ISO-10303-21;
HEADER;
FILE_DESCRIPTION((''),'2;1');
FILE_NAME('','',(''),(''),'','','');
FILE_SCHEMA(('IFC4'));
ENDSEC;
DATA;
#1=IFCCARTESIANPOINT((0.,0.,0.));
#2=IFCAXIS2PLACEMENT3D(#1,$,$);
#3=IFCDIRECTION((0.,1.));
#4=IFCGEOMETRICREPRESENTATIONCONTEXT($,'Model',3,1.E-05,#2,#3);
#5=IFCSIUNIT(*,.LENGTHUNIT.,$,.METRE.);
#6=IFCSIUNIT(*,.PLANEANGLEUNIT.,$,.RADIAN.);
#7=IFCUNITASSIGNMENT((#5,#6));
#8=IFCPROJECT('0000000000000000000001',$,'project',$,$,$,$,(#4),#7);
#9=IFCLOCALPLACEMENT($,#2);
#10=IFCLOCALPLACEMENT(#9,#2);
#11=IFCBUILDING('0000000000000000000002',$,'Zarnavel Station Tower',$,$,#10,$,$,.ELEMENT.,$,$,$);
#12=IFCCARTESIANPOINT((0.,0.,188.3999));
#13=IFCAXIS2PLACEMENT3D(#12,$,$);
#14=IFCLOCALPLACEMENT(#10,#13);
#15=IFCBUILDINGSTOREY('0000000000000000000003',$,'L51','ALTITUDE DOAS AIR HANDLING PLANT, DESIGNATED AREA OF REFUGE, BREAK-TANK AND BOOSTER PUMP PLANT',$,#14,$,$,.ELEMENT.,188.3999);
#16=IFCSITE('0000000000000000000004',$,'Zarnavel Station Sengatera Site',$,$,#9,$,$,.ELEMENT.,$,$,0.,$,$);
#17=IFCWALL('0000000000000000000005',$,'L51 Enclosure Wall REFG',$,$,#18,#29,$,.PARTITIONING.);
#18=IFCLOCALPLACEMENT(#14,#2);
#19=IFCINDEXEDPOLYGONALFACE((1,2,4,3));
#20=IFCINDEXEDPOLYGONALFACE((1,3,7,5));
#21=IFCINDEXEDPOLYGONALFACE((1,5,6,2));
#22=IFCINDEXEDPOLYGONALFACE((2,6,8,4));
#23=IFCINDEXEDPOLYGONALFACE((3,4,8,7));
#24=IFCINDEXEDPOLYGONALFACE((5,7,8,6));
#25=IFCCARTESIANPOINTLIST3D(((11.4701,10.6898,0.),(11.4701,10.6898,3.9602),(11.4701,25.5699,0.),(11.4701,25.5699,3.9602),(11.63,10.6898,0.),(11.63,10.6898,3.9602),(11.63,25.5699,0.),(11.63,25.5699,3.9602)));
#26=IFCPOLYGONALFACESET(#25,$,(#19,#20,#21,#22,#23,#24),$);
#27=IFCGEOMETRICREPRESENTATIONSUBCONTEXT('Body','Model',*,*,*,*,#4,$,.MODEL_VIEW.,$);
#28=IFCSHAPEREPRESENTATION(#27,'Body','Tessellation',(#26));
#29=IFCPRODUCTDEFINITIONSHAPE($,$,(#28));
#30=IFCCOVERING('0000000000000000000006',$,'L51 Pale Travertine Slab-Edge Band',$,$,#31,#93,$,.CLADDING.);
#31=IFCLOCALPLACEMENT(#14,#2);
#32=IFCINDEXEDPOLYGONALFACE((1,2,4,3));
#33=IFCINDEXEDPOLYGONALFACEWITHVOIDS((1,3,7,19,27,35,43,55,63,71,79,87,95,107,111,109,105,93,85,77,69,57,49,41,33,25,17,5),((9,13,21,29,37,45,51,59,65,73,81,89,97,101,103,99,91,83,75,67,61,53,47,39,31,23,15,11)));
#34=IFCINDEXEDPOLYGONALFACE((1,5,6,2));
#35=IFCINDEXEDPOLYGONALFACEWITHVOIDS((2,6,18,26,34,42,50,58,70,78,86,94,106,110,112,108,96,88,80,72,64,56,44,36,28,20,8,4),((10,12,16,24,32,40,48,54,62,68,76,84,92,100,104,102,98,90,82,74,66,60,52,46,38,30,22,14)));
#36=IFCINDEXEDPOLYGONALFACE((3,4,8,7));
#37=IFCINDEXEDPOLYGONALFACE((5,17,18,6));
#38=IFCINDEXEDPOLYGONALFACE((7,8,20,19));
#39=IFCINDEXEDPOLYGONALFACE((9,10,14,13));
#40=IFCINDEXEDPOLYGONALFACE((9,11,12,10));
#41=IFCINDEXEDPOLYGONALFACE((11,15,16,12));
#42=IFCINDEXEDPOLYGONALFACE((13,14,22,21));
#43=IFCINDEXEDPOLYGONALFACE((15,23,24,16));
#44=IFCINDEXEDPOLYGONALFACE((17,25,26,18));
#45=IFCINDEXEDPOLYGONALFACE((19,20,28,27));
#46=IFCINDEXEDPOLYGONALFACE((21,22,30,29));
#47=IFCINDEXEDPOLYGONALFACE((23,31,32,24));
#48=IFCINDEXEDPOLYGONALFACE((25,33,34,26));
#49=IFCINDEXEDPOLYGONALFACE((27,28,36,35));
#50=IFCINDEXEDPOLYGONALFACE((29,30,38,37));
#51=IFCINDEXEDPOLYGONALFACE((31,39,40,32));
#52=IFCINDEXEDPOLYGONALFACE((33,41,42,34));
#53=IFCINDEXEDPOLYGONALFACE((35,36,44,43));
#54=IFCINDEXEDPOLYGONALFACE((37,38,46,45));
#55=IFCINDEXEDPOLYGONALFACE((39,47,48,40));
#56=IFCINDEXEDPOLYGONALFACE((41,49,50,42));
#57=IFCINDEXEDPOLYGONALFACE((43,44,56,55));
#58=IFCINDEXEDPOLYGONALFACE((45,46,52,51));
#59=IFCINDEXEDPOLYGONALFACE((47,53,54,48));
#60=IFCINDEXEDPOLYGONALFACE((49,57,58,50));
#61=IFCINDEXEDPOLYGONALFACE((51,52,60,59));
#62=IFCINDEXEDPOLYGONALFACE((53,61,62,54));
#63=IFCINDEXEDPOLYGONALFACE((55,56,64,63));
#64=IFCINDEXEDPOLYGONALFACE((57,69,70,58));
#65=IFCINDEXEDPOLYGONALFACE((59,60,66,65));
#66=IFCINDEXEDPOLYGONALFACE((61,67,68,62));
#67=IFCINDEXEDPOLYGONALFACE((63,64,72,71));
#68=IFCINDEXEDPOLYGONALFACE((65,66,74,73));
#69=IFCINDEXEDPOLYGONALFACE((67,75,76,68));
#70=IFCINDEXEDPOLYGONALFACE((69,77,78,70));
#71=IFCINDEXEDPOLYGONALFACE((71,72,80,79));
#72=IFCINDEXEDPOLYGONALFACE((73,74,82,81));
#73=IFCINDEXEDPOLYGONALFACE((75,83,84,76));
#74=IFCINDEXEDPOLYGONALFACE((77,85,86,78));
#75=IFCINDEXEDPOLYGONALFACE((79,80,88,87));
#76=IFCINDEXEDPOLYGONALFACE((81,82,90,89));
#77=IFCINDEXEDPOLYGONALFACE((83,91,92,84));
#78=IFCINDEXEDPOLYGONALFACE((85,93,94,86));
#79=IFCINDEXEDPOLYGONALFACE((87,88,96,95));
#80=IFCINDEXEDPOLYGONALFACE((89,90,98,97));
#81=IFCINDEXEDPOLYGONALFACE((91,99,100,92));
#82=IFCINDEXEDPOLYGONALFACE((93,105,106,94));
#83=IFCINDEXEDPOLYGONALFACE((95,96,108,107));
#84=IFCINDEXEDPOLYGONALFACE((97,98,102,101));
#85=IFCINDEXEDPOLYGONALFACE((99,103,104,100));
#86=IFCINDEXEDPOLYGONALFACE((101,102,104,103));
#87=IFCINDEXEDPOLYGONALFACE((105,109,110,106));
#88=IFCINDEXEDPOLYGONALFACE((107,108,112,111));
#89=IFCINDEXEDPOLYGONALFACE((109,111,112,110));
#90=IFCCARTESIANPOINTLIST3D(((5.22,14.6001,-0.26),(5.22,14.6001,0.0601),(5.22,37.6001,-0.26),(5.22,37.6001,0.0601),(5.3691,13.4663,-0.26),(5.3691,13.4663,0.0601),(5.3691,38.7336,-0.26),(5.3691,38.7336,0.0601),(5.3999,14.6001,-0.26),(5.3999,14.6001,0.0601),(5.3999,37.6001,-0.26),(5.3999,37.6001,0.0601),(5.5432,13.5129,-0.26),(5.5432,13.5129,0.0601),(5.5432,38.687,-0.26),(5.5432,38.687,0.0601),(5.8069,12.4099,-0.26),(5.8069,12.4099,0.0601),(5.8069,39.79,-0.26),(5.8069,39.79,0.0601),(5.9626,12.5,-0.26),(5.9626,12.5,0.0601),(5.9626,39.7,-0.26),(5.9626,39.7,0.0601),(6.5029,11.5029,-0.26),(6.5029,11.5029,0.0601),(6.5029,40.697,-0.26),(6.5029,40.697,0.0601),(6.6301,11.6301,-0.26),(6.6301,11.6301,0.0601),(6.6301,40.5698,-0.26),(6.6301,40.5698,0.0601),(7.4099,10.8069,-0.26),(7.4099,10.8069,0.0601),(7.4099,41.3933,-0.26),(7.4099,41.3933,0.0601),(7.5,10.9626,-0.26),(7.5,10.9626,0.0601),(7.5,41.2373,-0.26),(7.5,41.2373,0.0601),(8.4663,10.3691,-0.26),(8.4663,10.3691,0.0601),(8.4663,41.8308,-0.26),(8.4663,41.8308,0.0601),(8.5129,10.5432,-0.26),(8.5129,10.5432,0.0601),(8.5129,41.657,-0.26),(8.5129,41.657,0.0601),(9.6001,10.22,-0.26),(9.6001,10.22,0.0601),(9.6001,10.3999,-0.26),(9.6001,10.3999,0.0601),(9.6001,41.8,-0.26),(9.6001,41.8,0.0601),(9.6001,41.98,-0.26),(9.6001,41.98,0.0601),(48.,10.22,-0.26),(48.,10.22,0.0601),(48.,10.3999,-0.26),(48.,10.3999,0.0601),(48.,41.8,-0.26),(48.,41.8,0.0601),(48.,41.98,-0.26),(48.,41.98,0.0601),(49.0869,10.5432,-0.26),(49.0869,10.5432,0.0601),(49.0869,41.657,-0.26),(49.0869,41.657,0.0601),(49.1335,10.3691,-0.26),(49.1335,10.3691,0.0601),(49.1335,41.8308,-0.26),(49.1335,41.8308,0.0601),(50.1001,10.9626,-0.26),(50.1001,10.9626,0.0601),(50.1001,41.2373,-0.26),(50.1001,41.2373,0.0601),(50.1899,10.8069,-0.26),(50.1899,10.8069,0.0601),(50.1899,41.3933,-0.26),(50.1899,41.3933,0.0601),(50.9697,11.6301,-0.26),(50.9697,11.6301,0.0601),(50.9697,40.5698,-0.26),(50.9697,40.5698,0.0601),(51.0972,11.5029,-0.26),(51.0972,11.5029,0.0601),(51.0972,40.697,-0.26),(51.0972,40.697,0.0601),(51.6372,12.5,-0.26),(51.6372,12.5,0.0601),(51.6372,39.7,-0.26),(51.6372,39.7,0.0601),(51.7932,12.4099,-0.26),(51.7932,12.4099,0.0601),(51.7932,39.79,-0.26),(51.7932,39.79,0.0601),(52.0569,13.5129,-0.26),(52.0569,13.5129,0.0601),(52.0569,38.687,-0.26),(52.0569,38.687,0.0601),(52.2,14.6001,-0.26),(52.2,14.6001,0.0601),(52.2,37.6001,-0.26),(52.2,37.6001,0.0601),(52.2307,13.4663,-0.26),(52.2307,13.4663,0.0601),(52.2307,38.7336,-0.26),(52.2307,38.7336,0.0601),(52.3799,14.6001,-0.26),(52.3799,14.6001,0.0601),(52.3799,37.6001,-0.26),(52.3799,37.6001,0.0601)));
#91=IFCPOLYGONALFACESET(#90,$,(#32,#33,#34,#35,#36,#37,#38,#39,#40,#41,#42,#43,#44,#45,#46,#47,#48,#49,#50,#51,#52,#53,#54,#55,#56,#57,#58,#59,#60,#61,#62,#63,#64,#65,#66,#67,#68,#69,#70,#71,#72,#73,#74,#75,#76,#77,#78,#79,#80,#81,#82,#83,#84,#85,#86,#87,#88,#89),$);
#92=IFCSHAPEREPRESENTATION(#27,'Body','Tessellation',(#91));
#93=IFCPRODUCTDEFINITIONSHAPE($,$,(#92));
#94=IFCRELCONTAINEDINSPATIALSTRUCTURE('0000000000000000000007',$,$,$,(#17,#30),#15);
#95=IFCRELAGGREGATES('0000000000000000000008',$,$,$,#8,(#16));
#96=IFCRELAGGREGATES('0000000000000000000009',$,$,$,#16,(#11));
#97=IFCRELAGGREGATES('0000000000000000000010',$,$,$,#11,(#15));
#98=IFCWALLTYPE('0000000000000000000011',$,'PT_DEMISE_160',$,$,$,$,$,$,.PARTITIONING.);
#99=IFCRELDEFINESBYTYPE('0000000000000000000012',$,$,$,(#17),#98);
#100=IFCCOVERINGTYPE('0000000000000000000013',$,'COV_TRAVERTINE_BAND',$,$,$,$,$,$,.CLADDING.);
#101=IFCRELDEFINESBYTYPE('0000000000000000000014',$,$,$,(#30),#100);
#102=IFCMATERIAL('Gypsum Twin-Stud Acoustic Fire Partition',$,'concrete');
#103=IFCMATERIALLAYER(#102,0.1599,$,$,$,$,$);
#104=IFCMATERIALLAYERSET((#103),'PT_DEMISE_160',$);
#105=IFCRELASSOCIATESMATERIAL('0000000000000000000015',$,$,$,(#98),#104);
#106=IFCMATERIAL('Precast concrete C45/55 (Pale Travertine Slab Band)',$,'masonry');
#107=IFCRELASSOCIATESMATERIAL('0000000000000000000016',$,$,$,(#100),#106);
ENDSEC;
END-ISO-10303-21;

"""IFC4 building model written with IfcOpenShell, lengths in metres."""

from ifc_helpers import new_model, si_unit, direction, frame, frame_2d, origin, place, context, subcontext, project, spatial, polyline, rectangle, outline, extrude, material, layer, layer_set, type_object, element, save


model = new_model("IFC4")

# Units and contexts
model_context = context("Model", 3, precision=1e-05, world=origin(), true_north=direction((0.0, 1.0)))
body_context = subcontext(model_context, "Body", "Model", "MODEL_VIEW")
ifc_project = project(units=[si_unit("LENGTHUNIT", "METRE"), si_unit("PLANEANGLEUNIT", "RADIAN")], contexts=[model_context])

# Site, building, storey
site_placement = place(None, origin())
site = spatial("IfcSite", under=ifc_project, at=site_placement, Name="Zarnavel Station Sengatera Site", CompositionType="ELEMENT", RefElevation=0.0)
building_placement = place(site_placement, origin())
building = spatial("IfcBuilding", under=site, at=building_placement, Name="Zarnavel Station Tower", CompositionType="ELEMENT")
storey_placement = place(building_placement, frame((0.0, 0.0, 188.3999)))
storey = spatial("IfcBuildingStorey", under=building, at=storey_placement, Name="L51", Description="ALTITUDE DOAS AIR HANDLING PLANT, DESIGNATED AREA OF REFUGE, BREAK-TANK AND BOOSTER PUMP PLANT", CompositionType="ELEMENT", Elevation=188.3999)

# Wall
ifc_material_1 = material(Name="Gypsum Twin-Stud Acoustic Fire Partition", Category="concrete")
ifc_layer_1 = layer(ifc_material_1, 0.1599)
ifc_layer_set_1 = layer_set([ifc_layer_1], Name="PT_DEMISE_160")
wall_type_1 = type_object("IfcWallType", Name="PT_DEMISE_160", PredefinedType="PARTITIONING", material=ifc_layer_set_1)
wall_1_placement = place(storey_placement, frame((11.55, 10.6899, 0.0), z_axis=(0.0, 0.0, 1.0), x_axis=(0.0, 1.0, 0.0)))
element("IfcWall", 1, at=wall_1_placement, inside=storey, type_object=wall_type_1, Name="L51 Enclosure Wall REFG", PredefinedType="PARTITIONING", context=body_context, shape_type="SweptSolid", body=[
    extrude(rectangle(XDim=14.8801, YDim=0.1599, at=frame_2d((7.4399, 0.0))), origin(), (0.0, 0.0, 1.0), 3.9602),
])

# Covering
ifc_material_2 = material(Name="Precast concrete C45/55 (Pale Travertine Slab Band)", Category="masonry")
covering_type = type_object("IfcCoveringType", Name="COV_TRAVERTINE_BAND", PredefinedType="CLADDING", material=ifc_material_2)
covering_placement = place(storey_placement, frame((0.0, 0.0, -0.26)))
element("IfcCovering", 2, at=covering_placement, inside=storey, type_object=covering_type, Name="L51 Pale Travertine Slab-Edge Band", PredefinedType="CLADDING", context=body_context, shape_type="SweptSolid", body=[
    extrude(outline(polyline([(48.0, 10.22), (49.1335, 10.3691), (50.1899, 10.8069), (51.0972, 11.5029), (51.7932, 12.4099), (52.2307, 13.4663), (52.3799, 14.6001), (52.3799, 37.6001), (52.2307, 38.7336), (51.7932, 39.79), (51.0972, 40.697), (50.1899, 41.3933), (49.1335, 41.8308), (48.0, 41.98), (9.6001, 41.98), (8.4663, 41.8308), (7.4099, 41.3933), (6.5029, 40.697), (5.8069, 39.79), (5.3691, 38.7336), (5.22, 37.6001), (5.22, 14.6001), (5.3691, 13.4663), (5.8069, 12.4099), (6.5029, 11.5029), (7.4099, 10.8069), (8.4663, 10.3691), (9.6001, 10.22), (48.0, 10.22)]), holes=[polyline([(48.0, 10.3999), (49.0869, 10.5432), (50.1001, 10.9626), (50.9697, 11.6301), (51.6372, 12.5), (52.0569, 13.5129), (52.2, 14.6001), (52.2, 37.6001), (52.0569, 38.687), (51.6372, 39.7), (50.9697, 40.5698), (50.1001, 41.2373), (49.0869, 41.657), (48.0, 41.8), (9.6001, 41.8), (8.5129, 41.657), (7.5, 41.2373), (6.6301, 40.5698), (5.9626, 39.7), (5.5432, 38.687), (5.3999, 37.6001), (5.3999, 14.6001), (5.5432, 13.5129), (5.9626, 12.5), (6.6301, 11.6301), (7.5, 10.9626), (8.5129, 10.5432), (9.6001, 10.3999), (48.0, 10.3999)])]), origin(), (0.0, 0.0, 1.0), 0.3201),
])

save(model, "model.ifc")
